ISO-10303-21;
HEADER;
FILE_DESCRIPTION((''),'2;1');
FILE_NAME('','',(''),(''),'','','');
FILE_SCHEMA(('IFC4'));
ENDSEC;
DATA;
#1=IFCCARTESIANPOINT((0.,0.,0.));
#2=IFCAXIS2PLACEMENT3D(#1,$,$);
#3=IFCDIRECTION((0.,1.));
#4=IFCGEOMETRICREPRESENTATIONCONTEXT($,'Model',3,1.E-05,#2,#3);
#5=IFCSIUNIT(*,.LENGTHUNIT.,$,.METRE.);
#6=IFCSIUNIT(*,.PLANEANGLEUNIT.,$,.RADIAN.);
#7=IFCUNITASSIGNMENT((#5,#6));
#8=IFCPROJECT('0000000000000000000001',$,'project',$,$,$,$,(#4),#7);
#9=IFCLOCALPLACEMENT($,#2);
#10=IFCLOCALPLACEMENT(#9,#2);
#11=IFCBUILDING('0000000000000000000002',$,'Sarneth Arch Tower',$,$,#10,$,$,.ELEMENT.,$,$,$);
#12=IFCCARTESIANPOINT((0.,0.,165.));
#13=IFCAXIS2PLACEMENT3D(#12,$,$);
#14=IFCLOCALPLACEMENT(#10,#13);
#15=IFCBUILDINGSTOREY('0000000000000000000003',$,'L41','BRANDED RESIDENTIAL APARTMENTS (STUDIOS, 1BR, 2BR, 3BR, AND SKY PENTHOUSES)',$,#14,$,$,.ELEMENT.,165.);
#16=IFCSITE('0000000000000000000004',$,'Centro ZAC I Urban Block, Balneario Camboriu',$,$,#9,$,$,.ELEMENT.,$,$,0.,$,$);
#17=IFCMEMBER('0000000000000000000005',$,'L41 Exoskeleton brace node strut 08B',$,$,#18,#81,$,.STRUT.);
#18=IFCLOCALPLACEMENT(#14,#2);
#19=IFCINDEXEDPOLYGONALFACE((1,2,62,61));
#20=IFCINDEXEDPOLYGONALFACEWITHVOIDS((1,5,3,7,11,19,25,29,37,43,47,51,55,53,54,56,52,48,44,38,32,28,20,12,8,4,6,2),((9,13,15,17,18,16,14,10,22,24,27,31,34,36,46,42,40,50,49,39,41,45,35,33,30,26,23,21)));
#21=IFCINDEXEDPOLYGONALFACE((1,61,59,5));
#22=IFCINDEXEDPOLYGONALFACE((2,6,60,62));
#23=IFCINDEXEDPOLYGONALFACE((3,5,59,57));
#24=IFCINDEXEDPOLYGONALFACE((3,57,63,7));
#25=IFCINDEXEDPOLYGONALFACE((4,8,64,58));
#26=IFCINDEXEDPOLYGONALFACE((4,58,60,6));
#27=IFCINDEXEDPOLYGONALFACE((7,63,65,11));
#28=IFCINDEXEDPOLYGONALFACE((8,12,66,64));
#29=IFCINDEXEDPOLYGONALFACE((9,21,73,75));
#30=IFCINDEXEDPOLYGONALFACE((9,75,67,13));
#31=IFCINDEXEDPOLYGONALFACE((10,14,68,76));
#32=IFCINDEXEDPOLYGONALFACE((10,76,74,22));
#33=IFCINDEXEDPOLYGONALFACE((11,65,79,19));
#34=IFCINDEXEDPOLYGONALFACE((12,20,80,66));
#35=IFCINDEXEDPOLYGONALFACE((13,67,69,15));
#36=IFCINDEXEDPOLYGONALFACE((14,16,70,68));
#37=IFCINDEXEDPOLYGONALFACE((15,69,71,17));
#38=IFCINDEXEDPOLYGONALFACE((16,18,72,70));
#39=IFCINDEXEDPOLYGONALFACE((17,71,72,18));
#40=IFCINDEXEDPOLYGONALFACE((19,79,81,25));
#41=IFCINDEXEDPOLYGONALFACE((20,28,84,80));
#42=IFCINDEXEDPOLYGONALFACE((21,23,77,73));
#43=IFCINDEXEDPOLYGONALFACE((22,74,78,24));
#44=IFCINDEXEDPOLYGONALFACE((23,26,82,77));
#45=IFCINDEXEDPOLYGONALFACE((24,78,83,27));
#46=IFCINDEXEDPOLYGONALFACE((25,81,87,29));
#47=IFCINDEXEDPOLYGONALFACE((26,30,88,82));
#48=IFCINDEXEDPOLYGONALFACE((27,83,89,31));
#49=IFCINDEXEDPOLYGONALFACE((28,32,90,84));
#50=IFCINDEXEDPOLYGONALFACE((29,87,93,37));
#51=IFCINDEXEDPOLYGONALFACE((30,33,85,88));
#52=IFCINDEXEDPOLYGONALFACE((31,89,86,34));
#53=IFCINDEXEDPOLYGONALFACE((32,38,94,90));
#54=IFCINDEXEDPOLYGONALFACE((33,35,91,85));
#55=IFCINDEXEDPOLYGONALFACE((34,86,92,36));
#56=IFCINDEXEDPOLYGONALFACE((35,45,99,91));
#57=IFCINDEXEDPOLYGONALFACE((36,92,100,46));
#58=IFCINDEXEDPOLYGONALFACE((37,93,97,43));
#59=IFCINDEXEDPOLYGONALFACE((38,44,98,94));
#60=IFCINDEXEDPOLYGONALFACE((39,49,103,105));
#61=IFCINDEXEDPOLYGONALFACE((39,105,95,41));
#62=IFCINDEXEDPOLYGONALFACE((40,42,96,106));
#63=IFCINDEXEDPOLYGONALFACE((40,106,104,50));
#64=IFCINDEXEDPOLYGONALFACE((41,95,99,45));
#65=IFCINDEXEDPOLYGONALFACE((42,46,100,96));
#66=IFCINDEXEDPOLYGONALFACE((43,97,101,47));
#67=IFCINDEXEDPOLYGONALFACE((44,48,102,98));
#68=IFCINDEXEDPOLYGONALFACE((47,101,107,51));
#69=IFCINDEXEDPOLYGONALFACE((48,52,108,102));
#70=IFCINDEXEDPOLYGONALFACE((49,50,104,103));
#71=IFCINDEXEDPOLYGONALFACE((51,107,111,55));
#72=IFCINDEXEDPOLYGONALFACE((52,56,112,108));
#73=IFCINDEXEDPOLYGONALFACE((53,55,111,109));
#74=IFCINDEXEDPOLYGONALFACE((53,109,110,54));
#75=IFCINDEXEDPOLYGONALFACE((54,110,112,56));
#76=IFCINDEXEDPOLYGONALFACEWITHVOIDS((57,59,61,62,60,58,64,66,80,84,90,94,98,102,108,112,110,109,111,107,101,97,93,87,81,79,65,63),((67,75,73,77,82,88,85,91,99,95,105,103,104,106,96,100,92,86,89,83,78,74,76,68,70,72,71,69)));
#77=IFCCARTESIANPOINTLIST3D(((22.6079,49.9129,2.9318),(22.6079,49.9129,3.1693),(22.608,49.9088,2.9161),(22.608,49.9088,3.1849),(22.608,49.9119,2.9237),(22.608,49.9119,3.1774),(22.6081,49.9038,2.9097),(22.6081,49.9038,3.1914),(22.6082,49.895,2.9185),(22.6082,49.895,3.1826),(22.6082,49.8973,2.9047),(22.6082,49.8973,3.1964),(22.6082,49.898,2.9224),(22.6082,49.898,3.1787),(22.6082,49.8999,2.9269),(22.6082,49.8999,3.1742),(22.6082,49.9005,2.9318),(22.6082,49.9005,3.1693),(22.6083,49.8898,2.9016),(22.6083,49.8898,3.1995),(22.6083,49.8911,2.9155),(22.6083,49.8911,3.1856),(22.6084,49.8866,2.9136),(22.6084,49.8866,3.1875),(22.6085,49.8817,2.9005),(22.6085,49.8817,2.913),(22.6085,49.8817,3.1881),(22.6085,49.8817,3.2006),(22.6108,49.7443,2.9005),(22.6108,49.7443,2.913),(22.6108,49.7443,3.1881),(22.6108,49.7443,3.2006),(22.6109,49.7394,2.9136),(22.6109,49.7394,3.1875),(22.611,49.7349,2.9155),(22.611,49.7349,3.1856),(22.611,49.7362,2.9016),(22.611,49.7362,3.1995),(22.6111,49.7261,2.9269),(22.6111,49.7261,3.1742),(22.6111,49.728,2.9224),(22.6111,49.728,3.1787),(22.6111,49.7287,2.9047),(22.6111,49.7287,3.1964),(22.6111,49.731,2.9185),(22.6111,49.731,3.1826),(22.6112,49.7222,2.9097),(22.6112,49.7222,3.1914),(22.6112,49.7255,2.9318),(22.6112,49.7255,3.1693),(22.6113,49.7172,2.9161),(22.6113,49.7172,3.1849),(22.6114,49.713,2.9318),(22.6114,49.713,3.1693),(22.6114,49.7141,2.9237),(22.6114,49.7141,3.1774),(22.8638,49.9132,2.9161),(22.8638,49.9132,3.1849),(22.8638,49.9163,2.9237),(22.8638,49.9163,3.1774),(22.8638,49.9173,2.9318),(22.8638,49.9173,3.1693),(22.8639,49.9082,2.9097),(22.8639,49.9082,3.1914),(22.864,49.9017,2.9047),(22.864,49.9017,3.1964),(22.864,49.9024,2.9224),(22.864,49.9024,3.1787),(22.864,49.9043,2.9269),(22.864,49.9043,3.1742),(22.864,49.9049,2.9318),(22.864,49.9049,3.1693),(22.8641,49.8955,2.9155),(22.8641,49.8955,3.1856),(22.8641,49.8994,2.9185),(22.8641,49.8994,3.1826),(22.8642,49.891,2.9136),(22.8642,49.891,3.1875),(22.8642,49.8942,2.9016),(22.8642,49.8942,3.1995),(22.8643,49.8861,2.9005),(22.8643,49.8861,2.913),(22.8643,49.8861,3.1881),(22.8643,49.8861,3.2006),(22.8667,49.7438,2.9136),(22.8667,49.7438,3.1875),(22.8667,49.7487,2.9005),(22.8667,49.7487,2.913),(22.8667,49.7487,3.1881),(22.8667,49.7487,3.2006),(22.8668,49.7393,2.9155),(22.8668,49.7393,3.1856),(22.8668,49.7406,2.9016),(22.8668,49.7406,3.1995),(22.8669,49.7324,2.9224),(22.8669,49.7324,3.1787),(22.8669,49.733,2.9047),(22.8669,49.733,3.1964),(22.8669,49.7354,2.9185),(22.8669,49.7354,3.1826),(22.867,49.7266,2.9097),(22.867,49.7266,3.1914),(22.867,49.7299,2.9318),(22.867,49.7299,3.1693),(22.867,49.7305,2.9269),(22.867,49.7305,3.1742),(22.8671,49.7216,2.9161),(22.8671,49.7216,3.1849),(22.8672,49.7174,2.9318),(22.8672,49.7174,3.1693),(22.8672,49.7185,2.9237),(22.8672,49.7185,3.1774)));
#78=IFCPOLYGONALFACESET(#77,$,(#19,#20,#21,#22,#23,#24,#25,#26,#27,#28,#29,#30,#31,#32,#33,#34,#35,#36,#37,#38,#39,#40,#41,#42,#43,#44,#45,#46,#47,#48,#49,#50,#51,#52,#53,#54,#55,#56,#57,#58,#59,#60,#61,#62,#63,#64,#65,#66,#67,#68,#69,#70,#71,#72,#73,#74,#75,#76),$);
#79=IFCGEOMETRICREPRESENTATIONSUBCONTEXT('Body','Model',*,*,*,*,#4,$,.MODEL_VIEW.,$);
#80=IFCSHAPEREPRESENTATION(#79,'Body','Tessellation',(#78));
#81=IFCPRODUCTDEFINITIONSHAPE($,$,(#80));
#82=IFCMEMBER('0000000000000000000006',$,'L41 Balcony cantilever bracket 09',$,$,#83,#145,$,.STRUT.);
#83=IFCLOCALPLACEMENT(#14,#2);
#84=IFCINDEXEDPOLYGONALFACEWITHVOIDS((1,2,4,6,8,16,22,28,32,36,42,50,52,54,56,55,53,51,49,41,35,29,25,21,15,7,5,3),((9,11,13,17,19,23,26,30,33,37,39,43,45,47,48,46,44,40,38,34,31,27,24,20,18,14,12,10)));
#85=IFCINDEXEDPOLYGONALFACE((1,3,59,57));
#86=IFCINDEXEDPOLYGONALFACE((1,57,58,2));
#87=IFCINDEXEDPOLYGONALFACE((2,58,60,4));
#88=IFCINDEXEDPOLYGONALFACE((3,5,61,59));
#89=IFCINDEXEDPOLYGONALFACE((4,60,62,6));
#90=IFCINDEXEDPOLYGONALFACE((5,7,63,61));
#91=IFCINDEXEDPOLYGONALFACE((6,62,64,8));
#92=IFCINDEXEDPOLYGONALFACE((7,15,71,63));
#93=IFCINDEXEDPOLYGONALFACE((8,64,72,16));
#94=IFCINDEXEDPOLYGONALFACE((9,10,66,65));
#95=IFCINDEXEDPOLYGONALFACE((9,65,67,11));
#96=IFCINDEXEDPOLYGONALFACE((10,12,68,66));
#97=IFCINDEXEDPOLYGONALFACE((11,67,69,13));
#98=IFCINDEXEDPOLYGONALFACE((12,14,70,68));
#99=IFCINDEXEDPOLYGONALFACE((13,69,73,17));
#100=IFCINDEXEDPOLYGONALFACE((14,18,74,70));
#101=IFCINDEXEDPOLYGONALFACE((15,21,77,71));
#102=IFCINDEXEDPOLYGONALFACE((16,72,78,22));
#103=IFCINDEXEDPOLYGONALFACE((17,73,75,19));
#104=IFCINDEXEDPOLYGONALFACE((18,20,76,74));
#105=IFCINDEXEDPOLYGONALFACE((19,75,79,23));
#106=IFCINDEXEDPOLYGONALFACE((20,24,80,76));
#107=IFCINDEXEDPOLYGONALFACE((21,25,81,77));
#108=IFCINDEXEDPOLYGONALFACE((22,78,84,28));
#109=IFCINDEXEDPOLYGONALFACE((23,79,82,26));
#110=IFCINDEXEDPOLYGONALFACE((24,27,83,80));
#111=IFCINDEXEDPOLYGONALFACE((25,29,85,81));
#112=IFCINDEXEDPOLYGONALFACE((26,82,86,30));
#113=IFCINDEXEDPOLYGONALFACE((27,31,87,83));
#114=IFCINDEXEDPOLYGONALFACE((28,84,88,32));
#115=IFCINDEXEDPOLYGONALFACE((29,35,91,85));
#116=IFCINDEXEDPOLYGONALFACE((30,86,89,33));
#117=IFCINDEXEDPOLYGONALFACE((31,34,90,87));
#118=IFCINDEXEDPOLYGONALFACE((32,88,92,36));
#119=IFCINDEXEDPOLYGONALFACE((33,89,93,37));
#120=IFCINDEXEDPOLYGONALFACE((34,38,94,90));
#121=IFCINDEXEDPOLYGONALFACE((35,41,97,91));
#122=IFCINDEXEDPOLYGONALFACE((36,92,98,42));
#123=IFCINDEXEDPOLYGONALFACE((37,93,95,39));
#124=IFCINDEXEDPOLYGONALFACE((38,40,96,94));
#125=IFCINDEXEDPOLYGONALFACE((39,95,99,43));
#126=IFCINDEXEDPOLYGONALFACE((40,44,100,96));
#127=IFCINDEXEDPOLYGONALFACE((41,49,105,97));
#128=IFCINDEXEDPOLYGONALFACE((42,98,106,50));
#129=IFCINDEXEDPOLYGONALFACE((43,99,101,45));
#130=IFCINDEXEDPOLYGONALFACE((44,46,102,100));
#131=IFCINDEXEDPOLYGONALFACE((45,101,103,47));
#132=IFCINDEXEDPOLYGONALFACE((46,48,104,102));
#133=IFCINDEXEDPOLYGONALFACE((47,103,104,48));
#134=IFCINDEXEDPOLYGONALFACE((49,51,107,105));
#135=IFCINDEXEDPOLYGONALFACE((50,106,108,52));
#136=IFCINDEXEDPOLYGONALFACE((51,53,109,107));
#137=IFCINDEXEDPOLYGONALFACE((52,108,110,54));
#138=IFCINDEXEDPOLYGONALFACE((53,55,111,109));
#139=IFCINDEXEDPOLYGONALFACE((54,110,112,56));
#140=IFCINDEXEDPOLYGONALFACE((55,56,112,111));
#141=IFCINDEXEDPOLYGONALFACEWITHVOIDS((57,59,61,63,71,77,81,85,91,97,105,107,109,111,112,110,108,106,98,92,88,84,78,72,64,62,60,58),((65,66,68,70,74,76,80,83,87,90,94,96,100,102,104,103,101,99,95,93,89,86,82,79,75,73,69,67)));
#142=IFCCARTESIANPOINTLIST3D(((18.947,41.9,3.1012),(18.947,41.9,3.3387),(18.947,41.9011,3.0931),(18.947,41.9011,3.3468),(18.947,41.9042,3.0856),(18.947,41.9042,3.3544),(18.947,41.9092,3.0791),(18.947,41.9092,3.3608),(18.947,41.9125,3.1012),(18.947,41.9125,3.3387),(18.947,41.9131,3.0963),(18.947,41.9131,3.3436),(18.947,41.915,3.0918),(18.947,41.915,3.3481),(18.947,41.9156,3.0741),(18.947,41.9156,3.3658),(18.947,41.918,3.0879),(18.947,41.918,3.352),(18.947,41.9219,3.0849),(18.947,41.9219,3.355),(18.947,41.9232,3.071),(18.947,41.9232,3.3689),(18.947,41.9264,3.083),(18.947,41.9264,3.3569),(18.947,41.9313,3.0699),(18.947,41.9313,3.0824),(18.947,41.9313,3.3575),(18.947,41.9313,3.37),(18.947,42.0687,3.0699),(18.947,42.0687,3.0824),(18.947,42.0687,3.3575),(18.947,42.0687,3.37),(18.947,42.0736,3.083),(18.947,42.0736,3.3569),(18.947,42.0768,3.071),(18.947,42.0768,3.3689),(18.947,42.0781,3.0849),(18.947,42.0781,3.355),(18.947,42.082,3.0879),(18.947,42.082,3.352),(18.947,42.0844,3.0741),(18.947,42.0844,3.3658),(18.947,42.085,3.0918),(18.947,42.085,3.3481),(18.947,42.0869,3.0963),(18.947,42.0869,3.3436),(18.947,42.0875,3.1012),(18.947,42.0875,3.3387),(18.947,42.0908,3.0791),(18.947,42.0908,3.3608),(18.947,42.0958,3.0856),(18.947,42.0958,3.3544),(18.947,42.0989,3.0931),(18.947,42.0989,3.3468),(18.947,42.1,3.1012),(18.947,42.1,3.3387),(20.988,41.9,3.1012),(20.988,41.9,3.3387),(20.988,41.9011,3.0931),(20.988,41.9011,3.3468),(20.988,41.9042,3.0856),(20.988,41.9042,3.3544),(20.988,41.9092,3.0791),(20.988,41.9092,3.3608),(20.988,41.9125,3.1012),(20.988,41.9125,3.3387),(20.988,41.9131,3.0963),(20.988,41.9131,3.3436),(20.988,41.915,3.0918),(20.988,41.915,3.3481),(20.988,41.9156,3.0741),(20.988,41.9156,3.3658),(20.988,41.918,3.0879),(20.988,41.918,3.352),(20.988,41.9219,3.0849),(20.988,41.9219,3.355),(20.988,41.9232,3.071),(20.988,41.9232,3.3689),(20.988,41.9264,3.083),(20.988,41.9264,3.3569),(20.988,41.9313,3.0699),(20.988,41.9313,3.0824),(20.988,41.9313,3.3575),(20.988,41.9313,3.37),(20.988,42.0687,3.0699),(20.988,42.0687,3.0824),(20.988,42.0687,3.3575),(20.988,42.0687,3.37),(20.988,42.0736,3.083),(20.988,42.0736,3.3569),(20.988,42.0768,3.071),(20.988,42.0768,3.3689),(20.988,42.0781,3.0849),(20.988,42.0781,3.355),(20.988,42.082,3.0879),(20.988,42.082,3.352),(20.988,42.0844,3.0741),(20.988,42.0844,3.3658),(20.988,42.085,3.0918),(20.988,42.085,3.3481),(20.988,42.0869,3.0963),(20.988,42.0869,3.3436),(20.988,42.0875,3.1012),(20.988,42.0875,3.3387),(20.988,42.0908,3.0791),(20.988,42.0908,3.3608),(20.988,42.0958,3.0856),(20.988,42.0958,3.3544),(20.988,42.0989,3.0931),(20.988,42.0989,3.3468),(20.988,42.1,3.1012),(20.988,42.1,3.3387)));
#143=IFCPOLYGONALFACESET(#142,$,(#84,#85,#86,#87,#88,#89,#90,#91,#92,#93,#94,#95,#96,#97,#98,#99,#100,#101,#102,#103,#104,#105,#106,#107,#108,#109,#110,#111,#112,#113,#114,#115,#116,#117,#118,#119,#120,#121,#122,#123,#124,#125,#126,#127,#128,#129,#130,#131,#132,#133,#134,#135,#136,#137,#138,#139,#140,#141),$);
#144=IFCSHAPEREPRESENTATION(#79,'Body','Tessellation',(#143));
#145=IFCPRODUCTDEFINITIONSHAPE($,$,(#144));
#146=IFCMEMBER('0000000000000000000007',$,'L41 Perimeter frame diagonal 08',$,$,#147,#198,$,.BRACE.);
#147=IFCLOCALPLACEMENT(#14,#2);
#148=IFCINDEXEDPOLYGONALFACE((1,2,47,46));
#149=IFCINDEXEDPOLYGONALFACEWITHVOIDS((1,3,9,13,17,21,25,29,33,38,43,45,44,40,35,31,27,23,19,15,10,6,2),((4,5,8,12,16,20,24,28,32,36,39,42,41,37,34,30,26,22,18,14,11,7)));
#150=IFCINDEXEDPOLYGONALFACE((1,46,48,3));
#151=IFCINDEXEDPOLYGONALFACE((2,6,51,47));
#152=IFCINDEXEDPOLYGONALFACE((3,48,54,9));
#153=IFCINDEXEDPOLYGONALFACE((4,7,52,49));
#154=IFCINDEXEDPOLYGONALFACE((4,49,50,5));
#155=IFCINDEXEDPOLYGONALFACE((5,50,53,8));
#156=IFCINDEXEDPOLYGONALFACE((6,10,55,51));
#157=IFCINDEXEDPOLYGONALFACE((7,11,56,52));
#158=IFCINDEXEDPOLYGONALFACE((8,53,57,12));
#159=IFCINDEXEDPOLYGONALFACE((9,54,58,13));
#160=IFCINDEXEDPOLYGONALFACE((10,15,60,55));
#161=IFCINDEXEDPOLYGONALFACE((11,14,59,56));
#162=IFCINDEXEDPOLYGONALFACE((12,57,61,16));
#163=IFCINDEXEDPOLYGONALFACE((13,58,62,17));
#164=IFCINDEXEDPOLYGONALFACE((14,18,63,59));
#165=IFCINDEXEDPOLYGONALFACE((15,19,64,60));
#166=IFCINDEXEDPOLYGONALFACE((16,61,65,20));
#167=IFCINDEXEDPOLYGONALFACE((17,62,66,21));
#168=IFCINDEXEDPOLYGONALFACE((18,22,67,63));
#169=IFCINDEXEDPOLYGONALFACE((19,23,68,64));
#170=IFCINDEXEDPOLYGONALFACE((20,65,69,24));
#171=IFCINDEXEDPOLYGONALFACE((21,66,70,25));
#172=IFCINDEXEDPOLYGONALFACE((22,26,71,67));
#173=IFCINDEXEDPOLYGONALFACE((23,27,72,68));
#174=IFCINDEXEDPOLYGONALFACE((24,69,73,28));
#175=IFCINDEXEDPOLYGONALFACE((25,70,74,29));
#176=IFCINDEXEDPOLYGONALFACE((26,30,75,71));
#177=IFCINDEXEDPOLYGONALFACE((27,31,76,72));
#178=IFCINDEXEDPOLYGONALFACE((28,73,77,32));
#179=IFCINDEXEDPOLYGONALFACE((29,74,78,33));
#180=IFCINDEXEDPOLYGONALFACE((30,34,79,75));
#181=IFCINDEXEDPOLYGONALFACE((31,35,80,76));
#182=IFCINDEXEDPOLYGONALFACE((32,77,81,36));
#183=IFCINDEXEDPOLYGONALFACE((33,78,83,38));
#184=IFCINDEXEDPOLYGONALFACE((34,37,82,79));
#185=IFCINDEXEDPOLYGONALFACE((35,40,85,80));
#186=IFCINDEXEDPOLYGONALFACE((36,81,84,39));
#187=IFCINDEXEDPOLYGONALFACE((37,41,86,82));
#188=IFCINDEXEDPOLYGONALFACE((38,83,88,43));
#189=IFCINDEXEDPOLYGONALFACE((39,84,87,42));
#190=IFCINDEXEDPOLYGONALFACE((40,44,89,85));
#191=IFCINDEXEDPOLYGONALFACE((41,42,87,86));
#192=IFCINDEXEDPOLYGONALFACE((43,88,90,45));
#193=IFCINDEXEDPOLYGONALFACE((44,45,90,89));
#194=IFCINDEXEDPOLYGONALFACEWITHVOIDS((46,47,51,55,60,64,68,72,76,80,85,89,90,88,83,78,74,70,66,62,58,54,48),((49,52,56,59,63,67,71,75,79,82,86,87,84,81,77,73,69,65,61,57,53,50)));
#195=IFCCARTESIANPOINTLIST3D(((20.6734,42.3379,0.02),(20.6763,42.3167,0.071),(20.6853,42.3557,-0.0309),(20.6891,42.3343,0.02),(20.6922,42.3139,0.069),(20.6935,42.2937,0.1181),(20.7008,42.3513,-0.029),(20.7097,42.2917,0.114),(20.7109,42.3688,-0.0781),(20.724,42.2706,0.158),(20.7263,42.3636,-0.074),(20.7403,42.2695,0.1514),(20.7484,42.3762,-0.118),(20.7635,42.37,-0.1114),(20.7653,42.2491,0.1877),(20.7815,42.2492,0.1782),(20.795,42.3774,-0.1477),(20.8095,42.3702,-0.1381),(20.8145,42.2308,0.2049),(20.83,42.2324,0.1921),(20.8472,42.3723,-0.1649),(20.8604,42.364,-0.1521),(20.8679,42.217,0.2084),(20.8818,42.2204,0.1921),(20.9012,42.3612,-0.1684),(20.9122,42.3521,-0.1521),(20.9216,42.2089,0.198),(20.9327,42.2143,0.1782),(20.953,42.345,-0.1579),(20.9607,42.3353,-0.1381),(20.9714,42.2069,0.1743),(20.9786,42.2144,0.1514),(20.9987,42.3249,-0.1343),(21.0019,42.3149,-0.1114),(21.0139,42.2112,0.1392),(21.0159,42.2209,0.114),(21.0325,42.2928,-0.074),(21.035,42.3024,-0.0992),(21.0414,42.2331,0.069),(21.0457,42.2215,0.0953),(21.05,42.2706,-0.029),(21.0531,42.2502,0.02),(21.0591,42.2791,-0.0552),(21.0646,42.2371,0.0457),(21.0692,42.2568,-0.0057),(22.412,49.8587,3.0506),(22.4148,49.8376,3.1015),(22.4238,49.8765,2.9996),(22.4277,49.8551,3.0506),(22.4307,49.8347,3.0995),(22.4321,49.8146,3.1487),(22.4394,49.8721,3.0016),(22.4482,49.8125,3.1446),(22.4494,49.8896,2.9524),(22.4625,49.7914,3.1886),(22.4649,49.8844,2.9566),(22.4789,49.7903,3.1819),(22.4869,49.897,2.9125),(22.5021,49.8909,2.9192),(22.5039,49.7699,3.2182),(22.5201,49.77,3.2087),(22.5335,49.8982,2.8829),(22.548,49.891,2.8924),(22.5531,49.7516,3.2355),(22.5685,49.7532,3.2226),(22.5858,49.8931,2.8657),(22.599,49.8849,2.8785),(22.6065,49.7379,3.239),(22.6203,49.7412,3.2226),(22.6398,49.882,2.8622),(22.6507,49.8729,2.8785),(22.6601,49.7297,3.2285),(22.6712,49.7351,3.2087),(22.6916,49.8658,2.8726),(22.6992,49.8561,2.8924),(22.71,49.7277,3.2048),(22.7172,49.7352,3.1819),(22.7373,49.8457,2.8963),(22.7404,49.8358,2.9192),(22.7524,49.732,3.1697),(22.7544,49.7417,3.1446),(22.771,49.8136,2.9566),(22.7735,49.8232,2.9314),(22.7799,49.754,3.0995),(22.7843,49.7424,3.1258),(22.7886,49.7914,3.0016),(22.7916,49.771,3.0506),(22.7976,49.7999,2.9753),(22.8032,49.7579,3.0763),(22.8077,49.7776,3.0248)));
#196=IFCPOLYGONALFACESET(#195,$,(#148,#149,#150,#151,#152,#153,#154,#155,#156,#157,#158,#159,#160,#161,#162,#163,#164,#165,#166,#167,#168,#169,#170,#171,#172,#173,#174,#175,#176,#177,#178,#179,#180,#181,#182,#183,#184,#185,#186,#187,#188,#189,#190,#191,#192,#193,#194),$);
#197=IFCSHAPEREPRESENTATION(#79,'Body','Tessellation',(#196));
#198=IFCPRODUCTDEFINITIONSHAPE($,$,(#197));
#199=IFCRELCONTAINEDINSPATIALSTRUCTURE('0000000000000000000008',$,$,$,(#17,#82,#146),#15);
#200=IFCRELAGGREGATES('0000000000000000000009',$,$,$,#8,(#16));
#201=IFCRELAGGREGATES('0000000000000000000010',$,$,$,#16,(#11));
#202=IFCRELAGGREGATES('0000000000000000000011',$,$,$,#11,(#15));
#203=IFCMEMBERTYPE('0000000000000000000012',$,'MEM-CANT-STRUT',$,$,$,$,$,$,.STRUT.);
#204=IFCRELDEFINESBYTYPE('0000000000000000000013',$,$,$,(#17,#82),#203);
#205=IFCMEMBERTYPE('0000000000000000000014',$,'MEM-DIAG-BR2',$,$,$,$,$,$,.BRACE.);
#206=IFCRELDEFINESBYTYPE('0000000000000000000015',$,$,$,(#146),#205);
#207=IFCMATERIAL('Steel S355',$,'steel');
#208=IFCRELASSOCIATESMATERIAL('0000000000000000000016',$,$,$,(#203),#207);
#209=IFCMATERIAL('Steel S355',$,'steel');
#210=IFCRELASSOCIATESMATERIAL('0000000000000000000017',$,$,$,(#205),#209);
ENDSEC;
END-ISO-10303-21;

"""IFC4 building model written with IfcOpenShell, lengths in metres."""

from ifc_helpers import new_model, si_unit, direction, frame, origin, origin_2d, place, context, subcontext, project, spatial, hollow_rectangle, hollow_circle, extrude, material, material_profile, profile_set, type_object, element, save


model = new_model("IFC4")

# Units and contexts
model_context = context("Model", 3, precision=1e-05, world=origin(), true_north=direction((0.0, 1.0)))
body_context = subcontext(model_context, "Body", "Model", "MODEL_VIEW")
ifc_project = project(units=[si_unit("LENGTHUNIT", "METRE"), si_unit("PLANEANGLEUNIT", "RADIAN")], contexts=[model_context])

# Site, building, storey
site_placement = place(None, origin())
site = spatial("IfcSite", under=ifc_project, at=site_placement, Name="Centro ZAC I Urban Block, Balneario Camboriu", CompositionType="ELEMENT", RefElevation=0.0)
building_placement = place(site_placement, origin())
building = spatial("IfcBuilding", under=site, at=building_placement, Name="Sarneth Arch Tower", CompositionType="ELEMENT")
storey_placement = place(building_placement, frame((0.0, 0.0, 165.0)))
storey = spatial("IfcBuildingStorey", under=building, at=storey_placement, Name="L41", Description="BRANDED RESIDENTIAL APARTMENTS (STUDIOS, 1BR, 2BR, 3BR, AND SKY PENTHOUSES)", CompositionType="ELEMENT", Elevation=165.0)

# Members
ifc_material_1 = material(Name="Steel S355", Category="steel")
ifc_material_profile_1 = material_profile(ifc_material_1, hollow_rectangle(XDim=0.2, YDim=0.3, WallThickness=0.0125, InnerFilletRadius=0.0188, OuterFilletRadius=0.0312, at=origin_2d()), Name="RHS300x200x12.5")
ifc_profile_set_1 = profile_set([ifc_material_profile_1], Name="Steel S355")
member_type_1 = type_object("IfcMemberType", Name="MEM-CANT-STRUT", PredefinedType="STRUT", material=ifc_profile_set_1)
member_1_placement = place(storey_placement, frame((22.8655, 49.8174, 3.0505), z_axis=(-0.999853, -0.017173, 0.0), x_axis=(0.017173, -0.999853, 0.0)))
element("IfcMember", 1, at=member_1_placement, inside=storey, type_object=member_type_1, Name="L41 Exoskeleton brace node strut 08B", PredefinedType="STRUT", context=body_context, shape_type="SweptSolid", body=[
    extrude(hollow_rectangle(XDim=0.2, YDim=0.3, WallThickness=0.0125, InnerFilletRadius=0.0188, OuterFilletRadius=0.0312, at=origin_2d()), origin(), (0.0, 0.0, 1.0), 0.2559),
])
member_2_placement = place(storey_placement, frame((20.988, 42.0, 3.22), z_axis=(-1.0, 0.0, 0.0), x_axis=(0.0, -1.0, 0.0)))
element("IfcMember", 2, at=member_2_placement, inside=storey, type_object=member_type_1, Name="L41 Balcony cantilever bracket 09", PredefinedType="STRUT", context=body_context, shape_type="SweptSolid", body=[
    extrude(hollow_rectangle(XDim=0.2, YDim=0.3, WallThickness=0.0125, InnerFilletRadius=0.0188, OuterFilletRadius=0.0312, at=origin_2d()), origin(), (0.0, 0.0, 1.0), 2.041),
])
ifc_material_2 = material(Name="Steel S355", Category="steel")
ifc_material_profile_2 = material_profile(ifc_material_2, hollow_circle(Radius=0.2029, WallThickness=0.0161, at=origin_2d()), Name="CHS406x16")
ifc_profile_set_2 = profile_set([ifc_material_profile_2], Name="Steel S355")
member_type_2 = type_object("IfcMemberType", Name="MEM-DIAG-BR2", PredefinedType="BRACE", material=ifc_profile_set_2)
member_3_placement = place(storey_placement, frame((20.8711, 42.2922, 0.02), z_axis=(0.209646, 0.906917, 0.365446), x_axis=(-0.974307, 0.225224, 0.0)))
element("IfcMember", 3, at=member_3_placement, inside=storey, type_object=member_type_2, Name="L41 Perimeter frame diagonal 08", PredefinedType="BRACE", context=body_context, shape_type="SweptSolid", body=[
    extrude(hollow_circle(Radius=0.2029, WallThickness=0.0161, at=origin_2d()), origin(), (0.0, 0.0, 1.0), 8.2927),
])

save(model, "model.ifc")
